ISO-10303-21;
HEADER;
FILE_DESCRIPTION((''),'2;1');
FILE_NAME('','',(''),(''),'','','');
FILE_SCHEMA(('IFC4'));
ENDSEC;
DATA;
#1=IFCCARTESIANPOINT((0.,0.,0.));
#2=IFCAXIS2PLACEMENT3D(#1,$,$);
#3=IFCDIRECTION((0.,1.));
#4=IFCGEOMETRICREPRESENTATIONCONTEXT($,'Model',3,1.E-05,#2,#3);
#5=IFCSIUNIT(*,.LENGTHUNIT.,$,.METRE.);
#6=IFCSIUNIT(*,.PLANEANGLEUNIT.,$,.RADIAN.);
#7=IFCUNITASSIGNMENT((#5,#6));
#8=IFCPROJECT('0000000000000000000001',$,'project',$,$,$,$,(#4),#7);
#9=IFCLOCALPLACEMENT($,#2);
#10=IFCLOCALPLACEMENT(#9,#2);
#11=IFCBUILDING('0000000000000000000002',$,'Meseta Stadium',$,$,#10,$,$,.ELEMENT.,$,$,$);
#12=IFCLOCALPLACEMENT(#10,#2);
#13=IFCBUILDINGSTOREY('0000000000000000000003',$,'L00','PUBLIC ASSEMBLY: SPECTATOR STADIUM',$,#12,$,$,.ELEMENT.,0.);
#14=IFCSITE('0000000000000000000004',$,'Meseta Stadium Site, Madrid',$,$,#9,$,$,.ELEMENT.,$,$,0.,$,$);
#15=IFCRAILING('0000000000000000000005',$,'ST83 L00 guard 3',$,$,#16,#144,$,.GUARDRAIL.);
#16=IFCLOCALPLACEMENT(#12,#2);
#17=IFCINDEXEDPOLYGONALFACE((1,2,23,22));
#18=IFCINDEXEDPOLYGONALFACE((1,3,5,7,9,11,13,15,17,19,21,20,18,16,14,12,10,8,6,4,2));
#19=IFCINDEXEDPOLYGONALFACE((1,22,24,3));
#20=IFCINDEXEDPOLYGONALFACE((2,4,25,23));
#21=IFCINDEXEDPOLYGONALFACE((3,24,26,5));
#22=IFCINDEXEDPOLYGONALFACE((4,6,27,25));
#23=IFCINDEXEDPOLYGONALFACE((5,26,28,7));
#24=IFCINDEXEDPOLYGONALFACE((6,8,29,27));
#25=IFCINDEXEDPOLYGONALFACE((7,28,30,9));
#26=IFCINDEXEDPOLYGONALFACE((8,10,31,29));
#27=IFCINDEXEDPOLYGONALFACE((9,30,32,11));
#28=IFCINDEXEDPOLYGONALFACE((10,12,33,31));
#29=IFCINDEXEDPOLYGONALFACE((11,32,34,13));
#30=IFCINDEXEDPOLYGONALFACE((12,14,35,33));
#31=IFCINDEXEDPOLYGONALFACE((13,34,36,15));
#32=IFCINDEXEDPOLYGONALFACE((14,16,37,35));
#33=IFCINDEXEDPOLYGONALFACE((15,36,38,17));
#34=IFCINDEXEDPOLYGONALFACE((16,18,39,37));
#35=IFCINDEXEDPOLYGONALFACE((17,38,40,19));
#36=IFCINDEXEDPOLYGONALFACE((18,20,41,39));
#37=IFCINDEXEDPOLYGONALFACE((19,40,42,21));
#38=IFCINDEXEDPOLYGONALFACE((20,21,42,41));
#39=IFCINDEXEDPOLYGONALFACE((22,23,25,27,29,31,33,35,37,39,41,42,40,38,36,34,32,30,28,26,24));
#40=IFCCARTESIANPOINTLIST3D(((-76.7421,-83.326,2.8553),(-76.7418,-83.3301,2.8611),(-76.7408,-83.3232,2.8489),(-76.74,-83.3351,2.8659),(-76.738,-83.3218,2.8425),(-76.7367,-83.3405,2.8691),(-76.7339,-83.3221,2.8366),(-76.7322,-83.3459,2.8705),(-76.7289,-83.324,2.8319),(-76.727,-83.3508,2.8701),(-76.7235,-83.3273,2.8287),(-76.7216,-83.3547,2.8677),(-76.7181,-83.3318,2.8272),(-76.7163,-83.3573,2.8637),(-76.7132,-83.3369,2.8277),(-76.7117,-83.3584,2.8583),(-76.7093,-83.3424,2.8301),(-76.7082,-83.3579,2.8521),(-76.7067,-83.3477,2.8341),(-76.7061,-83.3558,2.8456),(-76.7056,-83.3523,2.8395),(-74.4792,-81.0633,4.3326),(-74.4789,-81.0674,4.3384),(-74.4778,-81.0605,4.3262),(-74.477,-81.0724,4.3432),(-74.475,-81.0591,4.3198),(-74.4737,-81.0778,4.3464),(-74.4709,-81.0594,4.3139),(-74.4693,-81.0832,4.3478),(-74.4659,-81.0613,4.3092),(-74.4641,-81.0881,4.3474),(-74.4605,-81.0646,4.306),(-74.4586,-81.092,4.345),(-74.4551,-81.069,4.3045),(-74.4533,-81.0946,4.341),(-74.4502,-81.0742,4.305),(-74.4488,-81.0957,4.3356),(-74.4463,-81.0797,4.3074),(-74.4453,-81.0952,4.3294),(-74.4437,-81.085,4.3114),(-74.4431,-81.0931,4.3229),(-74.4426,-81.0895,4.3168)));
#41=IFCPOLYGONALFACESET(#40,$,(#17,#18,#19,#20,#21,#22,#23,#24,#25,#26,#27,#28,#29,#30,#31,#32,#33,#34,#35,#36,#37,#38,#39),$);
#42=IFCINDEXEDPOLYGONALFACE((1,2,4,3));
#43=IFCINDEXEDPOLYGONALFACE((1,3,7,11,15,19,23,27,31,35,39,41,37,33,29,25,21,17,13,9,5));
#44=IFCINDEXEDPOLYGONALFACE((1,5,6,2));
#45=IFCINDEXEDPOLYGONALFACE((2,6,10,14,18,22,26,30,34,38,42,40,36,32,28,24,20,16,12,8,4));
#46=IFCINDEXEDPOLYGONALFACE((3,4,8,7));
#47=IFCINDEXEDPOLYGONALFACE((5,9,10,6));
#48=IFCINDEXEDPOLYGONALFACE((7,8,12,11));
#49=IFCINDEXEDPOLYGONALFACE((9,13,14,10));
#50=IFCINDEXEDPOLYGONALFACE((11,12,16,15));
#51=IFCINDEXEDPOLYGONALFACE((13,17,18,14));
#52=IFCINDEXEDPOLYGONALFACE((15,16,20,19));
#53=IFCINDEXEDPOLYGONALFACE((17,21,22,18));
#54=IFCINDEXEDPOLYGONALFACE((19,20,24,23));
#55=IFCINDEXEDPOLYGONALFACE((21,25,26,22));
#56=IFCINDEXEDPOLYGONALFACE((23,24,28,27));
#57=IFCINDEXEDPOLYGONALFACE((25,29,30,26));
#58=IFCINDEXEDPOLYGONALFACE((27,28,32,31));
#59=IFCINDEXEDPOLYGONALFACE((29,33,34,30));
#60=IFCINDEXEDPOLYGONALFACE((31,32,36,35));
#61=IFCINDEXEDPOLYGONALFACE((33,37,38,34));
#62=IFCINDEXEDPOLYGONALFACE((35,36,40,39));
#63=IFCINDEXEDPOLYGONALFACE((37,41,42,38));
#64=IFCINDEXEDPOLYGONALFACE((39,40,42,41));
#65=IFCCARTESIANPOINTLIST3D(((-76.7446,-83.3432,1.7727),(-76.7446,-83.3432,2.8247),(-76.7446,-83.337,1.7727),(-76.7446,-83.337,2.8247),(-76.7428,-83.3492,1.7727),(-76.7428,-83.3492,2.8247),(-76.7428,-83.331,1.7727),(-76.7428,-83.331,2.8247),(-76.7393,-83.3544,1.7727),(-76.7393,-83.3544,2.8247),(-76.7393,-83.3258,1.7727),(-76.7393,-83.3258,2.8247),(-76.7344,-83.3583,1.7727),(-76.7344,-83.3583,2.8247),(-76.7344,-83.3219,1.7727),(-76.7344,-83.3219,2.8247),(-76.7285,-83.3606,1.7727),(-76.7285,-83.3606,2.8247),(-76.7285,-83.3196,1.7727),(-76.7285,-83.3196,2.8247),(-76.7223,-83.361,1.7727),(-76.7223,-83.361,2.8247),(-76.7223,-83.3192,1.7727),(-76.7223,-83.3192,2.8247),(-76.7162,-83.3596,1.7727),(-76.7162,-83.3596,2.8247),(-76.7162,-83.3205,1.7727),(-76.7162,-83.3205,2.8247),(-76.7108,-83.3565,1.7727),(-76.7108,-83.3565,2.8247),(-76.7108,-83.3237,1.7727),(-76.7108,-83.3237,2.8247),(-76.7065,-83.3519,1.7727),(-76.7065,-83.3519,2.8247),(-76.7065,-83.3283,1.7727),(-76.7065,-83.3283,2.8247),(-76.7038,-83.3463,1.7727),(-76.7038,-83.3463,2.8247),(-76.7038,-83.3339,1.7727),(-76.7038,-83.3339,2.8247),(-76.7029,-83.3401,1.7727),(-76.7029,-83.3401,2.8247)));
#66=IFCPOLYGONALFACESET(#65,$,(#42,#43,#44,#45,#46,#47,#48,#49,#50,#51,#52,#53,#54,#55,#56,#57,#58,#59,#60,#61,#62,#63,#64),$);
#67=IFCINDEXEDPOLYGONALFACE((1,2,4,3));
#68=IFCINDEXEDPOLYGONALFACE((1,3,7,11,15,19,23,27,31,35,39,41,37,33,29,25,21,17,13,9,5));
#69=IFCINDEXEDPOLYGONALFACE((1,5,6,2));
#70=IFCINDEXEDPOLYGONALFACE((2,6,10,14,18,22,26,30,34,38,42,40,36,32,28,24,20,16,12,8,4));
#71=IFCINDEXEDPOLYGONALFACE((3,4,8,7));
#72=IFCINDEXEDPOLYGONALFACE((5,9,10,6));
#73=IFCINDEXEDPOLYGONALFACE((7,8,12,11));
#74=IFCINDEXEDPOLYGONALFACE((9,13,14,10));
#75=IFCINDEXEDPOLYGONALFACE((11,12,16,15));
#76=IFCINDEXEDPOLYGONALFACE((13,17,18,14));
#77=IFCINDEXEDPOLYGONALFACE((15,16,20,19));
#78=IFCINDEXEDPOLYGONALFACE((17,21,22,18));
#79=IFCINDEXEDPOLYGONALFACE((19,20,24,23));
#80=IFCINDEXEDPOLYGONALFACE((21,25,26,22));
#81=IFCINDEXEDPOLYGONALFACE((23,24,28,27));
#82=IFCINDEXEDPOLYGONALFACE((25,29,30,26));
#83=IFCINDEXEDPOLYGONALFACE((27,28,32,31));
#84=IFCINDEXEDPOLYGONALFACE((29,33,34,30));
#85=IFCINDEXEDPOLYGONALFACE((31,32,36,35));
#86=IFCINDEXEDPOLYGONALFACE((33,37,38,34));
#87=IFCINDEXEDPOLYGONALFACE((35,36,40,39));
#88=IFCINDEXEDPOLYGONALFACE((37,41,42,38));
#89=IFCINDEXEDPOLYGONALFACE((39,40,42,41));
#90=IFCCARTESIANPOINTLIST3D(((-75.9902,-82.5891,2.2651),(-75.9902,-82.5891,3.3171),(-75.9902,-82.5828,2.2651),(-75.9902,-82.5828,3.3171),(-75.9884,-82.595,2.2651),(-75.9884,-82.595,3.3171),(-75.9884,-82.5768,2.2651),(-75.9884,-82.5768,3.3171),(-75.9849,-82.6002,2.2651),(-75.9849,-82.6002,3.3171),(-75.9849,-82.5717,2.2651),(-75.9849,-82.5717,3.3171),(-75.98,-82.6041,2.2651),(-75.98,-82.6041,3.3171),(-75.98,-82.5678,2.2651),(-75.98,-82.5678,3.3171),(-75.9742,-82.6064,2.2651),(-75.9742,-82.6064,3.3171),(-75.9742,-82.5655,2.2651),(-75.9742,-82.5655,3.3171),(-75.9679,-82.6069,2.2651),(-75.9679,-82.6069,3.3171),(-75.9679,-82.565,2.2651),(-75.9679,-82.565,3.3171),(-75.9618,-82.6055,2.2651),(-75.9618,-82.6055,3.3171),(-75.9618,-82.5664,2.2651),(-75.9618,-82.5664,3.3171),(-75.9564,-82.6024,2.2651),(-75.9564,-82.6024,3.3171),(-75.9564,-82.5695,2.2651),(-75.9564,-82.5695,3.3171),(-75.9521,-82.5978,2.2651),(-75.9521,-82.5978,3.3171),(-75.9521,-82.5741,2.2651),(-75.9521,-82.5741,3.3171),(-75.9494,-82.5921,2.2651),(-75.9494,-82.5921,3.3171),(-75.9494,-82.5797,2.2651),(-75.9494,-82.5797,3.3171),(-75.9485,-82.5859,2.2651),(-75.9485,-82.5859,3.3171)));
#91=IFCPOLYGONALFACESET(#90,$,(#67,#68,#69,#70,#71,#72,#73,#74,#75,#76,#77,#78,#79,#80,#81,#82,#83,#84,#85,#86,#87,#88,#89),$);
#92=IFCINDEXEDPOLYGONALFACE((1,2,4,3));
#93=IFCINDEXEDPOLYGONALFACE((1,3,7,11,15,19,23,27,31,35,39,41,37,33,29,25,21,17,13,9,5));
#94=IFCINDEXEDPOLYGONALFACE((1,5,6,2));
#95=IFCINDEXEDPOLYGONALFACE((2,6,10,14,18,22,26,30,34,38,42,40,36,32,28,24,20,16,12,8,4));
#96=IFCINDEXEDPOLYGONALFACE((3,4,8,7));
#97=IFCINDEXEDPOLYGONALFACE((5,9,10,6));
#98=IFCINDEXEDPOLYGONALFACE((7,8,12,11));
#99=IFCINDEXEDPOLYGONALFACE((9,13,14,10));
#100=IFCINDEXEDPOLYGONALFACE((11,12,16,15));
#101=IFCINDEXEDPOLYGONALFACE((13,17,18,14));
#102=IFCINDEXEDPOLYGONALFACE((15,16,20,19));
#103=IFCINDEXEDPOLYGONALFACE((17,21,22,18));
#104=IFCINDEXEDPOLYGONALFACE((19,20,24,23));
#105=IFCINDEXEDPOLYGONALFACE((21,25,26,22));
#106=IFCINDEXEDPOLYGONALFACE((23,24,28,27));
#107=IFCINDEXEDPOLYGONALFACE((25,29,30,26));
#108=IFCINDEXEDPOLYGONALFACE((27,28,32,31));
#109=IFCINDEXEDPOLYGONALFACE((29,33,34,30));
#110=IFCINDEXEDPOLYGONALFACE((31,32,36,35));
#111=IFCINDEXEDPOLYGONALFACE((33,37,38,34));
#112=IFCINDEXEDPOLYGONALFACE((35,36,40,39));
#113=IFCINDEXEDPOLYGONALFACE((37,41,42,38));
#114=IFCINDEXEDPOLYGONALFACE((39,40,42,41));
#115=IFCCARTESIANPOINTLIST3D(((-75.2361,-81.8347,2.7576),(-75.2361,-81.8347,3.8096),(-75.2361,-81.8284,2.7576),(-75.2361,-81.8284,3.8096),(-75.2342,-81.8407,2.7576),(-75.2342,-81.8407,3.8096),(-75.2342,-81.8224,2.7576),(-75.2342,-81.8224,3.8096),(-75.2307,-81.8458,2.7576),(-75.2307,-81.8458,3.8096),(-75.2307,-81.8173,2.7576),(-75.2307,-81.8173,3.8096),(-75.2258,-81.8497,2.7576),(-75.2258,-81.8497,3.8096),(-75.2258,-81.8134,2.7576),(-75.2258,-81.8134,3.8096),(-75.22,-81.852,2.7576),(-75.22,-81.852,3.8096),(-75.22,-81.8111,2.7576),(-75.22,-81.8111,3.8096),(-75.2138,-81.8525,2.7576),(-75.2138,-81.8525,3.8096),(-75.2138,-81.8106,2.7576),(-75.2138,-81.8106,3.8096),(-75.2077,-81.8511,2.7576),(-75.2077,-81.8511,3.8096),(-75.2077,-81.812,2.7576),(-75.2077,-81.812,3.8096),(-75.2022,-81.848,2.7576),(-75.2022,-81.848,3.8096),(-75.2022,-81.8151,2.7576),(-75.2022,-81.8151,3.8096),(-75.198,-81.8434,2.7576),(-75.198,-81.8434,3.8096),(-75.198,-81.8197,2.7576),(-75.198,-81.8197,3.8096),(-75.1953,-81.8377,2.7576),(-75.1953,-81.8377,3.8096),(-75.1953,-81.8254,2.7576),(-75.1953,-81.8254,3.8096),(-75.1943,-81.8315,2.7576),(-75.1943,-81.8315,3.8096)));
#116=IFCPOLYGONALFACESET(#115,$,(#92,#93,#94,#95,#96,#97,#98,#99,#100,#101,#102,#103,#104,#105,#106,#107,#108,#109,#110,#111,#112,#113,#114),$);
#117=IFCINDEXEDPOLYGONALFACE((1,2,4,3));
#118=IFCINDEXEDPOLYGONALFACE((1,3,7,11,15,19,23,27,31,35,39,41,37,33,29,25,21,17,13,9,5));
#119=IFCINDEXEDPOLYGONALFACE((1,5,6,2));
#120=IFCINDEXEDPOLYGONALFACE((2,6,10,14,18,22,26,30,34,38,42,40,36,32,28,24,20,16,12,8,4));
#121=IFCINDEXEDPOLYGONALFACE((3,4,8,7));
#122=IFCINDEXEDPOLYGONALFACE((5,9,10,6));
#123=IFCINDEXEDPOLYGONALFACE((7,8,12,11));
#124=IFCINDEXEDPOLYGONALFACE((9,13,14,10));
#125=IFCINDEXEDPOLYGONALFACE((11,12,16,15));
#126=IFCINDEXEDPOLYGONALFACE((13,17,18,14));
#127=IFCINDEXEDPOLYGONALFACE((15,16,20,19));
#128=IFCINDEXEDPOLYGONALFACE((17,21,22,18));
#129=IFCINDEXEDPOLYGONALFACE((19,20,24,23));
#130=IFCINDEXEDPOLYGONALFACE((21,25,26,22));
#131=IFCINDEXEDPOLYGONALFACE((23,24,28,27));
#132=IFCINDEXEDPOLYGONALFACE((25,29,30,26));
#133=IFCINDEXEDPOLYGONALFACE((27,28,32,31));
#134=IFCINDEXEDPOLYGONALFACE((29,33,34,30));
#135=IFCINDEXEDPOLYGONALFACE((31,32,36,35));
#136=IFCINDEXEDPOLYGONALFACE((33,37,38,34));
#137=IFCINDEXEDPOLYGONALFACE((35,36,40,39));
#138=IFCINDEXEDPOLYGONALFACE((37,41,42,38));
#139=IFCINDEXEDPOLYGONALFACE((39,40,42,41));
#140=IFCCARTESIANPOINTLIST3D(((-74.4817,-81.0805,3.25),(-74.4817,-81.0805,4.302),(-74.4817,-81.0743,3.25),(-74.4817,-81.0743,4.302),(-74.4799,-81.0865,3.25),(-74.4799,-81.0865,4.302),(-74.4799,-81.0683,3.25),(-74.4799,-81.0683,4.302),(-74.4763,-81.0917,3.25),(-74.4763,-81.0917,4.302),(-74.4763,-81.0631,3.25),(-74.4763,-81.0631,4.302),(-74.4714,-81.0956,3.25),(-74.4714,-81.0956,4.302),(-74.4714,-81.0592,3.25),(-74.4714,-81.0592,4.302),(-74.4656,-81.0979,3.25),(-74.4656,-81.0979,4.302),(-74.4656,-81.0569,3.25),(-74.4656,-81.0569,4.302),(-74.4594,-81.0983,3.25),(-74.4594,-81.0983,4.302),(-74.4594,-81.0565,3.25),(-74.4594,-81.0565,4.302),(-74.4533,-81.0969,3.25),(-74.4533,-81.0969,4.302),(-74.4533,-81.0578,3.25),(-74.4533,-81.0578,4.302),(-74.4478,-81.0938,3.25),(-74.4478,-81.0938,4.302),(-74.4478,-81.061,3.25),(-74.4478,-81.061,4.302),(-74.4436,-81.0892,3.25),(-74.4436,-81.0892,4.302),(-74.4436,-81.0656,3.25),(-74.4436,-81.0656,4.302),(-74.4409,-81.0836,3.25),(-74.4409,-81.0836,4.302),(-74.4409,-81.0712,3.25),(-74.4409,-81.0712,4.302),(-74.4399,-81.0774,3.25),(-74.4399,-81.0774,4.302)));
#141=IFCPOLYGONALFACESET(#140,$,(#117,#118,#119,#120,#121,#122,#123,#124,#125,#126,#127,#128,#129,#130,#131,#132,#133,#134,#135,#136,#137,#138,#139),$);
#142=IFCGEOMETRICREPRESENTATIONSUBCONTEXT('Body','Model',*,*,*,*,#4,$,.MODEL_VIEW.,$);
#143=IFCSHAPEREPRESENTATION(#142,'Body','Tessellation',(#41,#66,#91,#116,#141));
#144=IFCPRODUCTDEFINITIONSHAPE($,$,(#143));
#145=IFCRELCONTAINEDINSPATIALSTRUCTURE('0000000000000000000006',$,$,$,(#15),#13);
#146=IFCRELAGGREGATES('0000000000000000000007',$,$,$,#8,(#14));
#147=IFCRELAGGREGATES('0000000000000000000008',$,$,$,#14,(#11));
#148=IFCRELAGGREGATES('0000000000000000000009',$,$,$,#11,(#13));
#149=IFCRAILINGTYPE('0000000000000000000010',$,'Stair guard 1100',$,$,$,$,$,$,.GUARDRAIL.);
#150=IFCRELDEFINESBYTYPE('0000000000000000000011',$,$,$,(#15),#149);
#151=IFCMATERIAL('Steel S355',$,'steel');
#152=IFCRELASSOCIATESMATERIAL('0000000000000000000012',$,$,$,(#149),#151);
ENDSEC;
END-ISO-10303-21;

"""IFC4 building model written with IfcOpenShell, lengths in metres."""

from ifc_helpers import new_model, si_unit, direction, frame, origin, origin_2d, place, context, subcontext, project, spatial, circle, extrude, material, type_object, element, save


model = new_model("IFC4")

# Units and contexts
model_context = context("Model", 3, precision=1e-05, world=origin(), true_north=direction((0.0, 1.0)))
body_context = subcontext(model_context, "Body", "Model", "MODEL_VIEW")
ifc_project = project(units=[si_unit("LENGTHUNIT", "METRE"), si_unit("PLANEANGLEUNIT", "RADIAN")], contexts=[model_context])

# Site, building, storey
site_placement = place(None, origin())
site = spatial("IfcSite", under=ifc_project, at=site_placement, Name="Meseta Stadium Site, Madrid", CompositionType="ELEMENT", RefElevation=0.0)
building_placement = place(site_placement, origin())
building = spatial("IfcBuilding", under=site, at=building_placement, Name="Meseta Stadium", CompositionType="ELEMENT")
storey_placement = place(building_placement, origin())
storey = spatial("IfcBuildingStorey", under=building, at=storey_placement, Name="L00", Description="PUBLIC ASSEMBLY: SPECTATOR STADIUM", CompositionType="ELEMENT", Elevation=0.0)

# Railing
ifc_material_1 = material(Name="Steel S355", Category="steel")
railing_type_1 = type_object("IfcRailingType", Name="Stair guard 1100", PredefinedType="GUARDRAIL", material=ifc_material_1)
railing_1_placement = place(storey_placement, frame((-76.7239, -83.3401, 1.7727)))
element("IfcRailing", 1, at=railing_1_placement, inside=storey, type_object=railing_type_1, Name="ST83 L00 guard 3", PredefinedType="GUARDRAIL", context=body_context, shape_type="SweptSolid", body=[
    extrude(circle(Radius=0.0239, at=origin_2d()), frame((0.0, 0.0, 1.0762), z_axis=(0.642034, 0.641965, 0.419134), x_axis=(-0.707069, 0.707145, 0.0)), (0.0, 0.0, 1.0), 3.5247),
    extrude(circle(Radius=0.021, at=origin_2d()), origin(), (0.0, 0.0, 1.0), 1.052),
    extrude(circle(Radius=0.021, at=origin_2d()), frame((0.7544, 0.7542, 0.4924)), (0.0, 0.0, 1.0), 1.052),
    extrude(circle(Radius=0.021, at=origin_2d()), frame((1.5085, 1.5085, 0.9849)), (0.0, 0.0, 1.0), 1.052),
    extrude(circle(Radius=0.021, at=origin_2d()), frame((2.2629, 2.2627, 1.4773)), (0.0, 0.0, 1.0), 1.052),
])

save(model, "model.ifc")
